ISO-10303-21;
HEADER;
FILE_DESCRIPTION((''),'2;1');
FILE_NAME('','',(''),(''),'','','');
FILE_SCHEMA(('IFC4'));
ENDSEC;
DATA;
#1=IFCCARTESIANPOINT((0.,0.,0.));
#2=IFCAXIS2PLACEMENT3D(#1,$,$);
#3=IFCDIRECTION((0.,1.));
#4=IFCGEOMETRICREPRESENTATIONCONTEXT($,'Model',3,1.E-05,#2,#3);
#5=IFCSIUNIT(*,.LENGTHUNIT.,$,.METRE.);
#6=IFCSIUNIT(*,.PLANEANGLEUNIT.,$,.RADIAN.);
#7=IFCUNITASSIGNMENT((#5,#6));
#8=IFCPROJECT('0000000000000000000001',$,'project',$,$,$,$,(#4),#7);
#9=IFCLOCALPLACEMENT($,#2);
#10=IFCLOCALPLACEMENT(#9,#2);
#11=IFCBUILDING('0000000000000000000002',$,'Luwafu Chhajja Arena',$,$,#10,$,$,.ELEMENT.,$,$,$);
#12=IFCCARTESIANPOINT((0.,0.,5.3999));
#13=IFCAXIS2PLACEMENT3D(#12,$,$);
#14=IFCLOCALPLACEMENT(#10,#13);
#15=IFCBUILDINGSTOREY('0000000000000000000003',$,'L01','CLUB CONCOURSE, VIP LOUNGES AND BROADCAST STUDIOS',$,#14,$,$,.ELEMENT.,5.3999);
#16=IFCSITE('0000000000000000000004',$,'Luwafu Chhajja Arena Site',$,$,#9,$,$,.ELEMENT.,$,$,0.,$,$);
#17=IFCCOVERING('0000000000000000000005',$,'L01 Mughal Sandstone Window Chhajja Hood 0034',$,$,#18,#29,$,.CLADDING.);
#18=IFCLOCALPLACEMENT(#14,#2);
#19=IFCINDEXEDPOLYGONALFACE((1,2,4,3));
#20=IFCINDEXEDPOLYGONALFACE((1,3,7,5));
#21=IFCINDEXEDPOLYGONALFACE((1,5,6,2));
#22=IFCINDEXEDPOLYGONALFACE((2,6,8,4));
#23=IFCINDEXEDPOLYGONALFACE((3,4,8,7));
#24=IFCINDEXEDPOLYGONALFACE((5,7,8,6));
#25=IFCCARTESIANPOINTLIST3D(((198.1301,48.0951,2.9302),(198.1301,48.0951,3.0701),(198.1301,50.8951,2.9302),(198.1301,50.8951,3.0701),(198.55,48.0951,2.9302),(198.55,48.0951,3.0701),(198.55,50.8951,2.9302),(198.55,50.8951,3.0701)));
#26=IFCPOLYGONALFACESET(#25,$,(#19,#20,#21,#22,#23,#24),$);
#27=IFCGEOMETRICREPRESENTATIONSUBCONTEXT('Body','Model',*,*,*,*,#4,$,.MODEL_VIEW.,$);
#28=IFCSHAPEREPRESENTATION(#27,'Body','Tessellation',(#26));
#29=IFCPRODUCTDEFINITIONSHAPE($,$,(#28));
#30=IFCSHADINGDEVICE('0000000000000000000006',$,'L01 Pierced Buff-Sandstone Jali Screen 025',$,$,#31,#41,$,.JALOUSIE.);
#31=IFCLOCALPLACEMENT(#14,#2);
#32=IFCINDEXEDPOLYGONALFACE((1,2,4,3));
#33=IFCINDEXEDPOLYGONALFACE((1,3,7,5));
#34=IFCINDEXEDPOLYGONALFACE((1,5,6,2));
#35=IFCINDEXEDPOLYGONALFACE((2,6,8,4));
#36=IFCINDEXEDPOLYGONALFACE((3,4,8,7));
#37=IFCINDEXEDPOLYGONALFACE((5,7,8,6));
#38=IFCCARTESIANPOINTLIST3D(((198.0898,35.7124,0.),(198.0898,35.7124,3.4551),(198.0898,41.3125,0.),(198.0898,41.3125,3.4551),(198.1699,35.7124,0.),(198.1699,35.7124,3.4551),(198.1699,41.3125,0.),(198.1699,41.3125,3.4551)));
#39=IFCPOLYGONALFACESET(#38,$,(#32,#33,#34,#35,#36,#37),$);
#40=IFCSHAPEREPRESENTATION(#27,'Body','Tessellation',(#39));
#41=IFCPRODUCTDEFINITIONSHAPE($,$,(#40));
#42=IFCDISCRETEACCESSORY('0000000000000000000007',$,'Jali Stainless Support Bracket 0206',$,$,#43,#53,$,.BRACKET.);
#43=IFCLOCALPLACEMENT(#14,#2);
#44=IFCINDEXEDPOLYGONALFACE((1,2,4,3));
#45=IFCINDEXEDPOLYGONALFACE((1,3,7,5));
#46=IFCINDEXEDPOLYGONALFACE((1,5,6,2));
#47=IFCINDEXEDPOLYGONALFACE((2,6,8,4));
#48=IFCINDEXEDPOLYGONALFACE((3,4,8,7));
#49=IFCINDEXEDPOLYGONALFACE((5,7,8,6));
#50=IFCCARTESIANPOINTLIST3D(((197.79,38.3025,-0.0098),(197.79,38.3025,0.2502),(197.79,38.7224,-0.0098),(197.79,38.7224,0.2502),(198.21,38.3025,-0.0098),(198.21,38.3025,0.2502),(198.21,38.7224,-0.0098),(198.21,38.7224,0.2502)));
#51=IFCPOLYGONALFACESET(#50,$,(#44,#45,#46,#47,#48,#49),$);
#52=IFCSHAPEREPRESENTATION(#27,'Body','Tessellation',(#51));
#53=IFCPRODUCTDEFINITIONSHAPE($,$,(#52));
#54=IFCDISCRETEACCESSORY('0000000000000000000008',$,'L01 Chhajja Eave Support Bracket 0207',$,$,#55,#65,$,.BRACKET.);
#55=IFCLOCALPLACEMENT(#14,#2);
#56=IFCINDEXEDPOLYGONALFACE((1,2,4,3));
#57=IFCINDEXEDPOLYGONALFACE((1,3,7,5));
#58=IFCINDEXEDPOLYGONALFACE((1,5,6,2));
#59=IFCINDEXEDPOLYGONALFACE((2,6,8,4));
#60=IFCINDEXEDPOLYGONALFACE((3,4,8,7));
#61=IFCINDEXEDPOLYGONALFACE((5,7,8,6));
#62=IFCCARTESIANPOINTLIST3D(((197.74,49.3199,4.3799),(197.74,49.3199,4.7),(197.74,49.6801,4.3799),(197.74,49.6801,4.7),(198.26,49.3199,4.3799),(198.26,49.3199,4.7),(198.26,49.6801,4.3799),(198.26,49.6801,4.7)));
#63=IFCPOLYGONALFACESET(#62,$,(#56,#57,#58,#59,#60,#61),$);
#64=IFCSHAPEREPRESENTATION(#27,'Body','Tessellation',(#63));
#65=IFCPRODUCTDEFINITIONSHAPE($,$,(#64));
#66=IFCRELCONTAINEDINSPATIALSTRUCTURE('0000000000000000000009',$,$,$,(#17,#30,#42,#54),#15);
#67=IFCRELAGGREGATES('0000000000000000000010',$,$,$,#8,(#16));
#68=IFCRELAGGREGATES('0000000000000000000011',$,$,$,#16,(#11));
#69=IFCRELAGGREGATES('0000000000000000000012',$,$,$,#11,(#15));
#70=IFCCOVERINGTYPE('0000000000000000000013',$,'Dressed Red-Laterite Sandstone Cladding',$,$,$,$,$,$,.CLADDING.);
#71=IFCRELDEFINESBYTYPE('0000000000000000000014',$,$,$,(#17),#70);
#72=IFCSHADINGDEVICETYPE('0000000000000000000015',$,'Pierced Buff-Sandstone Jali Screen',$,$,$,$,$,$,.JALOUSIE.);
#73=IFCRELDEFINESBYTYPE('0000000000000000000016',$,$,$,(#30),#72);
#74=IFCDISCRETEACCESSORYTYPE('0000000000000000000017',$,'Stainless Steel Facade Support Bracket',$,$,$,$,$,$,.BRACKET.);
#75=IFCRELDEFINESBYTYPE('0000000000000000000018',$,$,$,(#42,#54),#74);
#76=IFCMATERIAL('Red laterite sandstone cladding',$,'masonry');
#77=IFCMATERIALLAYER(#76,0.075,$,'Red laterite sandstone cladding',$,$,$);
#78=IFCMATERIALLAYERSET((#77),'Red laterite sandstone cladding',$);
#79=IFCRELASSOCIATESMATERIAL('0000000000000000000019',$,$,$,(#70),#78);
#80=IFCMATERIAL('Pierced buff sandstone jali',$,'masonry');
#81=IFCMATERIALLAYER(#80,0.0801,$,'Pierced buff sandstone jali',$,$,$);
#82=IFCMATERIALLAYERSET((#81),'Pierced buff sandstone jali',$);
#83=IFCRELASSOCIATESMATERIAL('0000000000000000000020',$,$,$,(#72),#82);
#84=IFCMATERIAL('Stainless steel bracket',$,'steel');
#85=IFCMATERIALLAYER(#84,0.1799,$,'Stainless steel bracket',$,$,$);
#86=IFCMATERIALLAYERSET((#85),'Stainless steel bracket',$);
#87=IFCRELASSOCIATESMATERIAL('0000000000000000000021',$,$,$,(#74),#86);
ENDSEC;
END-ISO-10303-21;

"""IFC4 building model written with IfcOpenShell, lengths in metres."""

from ifc_helpers import new_model, si_unit, direction, frame, origin, origin_2d, place, context, subcontext, project, spatial, rectangle, extrude, material, layer, layer_set, type_object, element, save


model = new_model("IFC4")

# Units and contexts
model_context = context("Model", 3, precision=1e-05, world=origin(), true_north=direction((0.0, 1.0)))
body_context = subcontext(model_context, "Body", "Model", "MODEL_VIEW")
ifc_project = project(units=[si_unit("LENGTHUNIT", "METRE"), si_unit("PLANEANGLEUNIT", "RADIAN")], contexts=[model_context])

# Site, building, storey
site_placement = place(None, origin())
site = spatial("IfcSite", under=ifc_project, at=site_placement, Name="Luwafu Chhajja Arena Site", CompositionType="ELEMENT", RefElevation=0.0)
building_placement = place(site_placement, origin())
building = spatial("IfcBuilding", under=site, at=building_placement, Name="Luwafu Chhajja Arena", CompositionType="ELEMENT")
storey_placement = place(building_placement, frame((0.0, 0.0, 5.3999)))
storey = spatial("IfcBuildingStorey", under=building, at=storey_placement, Name="L01", Description="CLUB CONCOURSE, VIP LOUNGES AND BROADCAST STUDIOS", CompositionType="ELEMENT", Elevation=5.3999)

# Covering
ifc_material_1 = material(Name="Red laterite sandstone cladding", Category="masonry")
ifc_layer_1 = layer(ifc_material_1, 0.075, Name="Red laterite sandstone cladding")
ifc_layer_set_1 = layer_set([ifc_layer_1], Name="Red laterite sandstone cladding")
covering_type = type_object("IfcCoveringType", Name="Dressed Red-Laterite Sandstone Cladding", PredefinedType="CLADDING", material=ifc_layer_set_1)
covering_1_placement = place(storey_placement, frame((198.3401, 49.4951, 2.9302), z_axis=(0.0, 0.0, 1.0), x_axis=(0.0, 1.0, 0.0)))
element("IfcCovering", 1, at=covering_1_placement, inside=storey, type_object=covering_type, Name="L01 Mughal Sandstone Window Chhajja Hood 0034", PredefinedType="CLADDING", context=body_context, shape_type="SweptSolid", body=[
    extrude(rectangle(XDim=2.8, YDim=0.4199, at=origin_2d()), origin(), (0.0, 0.0, 1.0), 0.1399),
])

# Shading device
ifc_material_2 = material(Name="Pierced buff sandstone jali", Category="masonry")
ifc_layer_2 = layer(ifc_material_2, 0.0801, Name="Pierced buff sandstone jali")
ifc_layer_set_2 = layer_set([ifc_layer_2], Name="Pierced buff sandstone jali")
shading_device_type = type_object("IfcShadingDeviceType", Name="Pierced Buff-Sandstone Jali Screen", PredefinedType="JALOUSIE", material=ifc_layer_set_2)
shading_device_placement = place(storey_placement, frame((198.1299, 38.5125, 0.0), z_axis=(0.0, 0.0, 1.0), x_axis=(0.0, 1.0, 0.0)))
element("IfcShadingDevice", 2, at=shading_device_placement, inside=storey, type_object=shading_device_type, Name="L01 Pierced Buff-Sandstone Jali Screen 025", PredefinedType="JALOUSIE", context=body_context, shape_type="SweptSolid", body=[
    extrude(rectangle(XDim=5.6001, YDim=0.0801, at=origin_2d()), origin(), (0.0, 0.0, 1.0), 3.4551),
])

# Discrete accessories
ifc_material_3 = material(Name="Stainless steel bracket", Category="steel")
ifc_layer_3 = layer(ifc_material_3, 0.1799, Name="Stainless steel bracket")
ifc_layer_set_3 = layer_set([ifc_layer_3], Name="Stainless steel bracket")
discrete_accessory_type = type_object("IfcDiscreteAccessoryType", Name="Stainless Steel Facade Support Bracket", PredefinedType="BRACKET", material=ifc_layer_set_3)
discrete_accessory_1_placement = place(storey_placement, frame((198.0, 38.5125, -0.0098), z_axis=(0.0, 0.0, 1.0), x_axis=(0.0, 1.0, 0.0)))
element("IfcDiscreteAccessory", 3, at=discrete_accessory_1_placement, inside=storey, type_object=discrete_accessory_type, Name="Jali Stainless Support Bracket 0206", PredefinedType="BRACKET", context=body_context, shape_type="SweptSolid", body=[
    extrude(rectangle(XDim=0.4199, YDim=0.4199, at=origin_2d()), origin(), (0.0, 0.0, 1.0), 0.26),
])
discrete_accessory_2_placement = place(storey_placement, frame((198.0, 49.5, 4.3799), z_axis=(0.0, 0.0, 1.0), x_axis=(0.0, 1.0, 0.0)))
element("IfcDiscreteAccessory", 4, at=discrete_accessory_2_placement, inside=storey, type_object=discrete_accessory_type, Name="L01 Chhajja Eave Support Bracket 0207", PredefinedType="BRACKET", context=body_context, shape_type="SweptSolid", body=[
    extrude(rectangle(XDim=0.3601, YDim=0.52, at=origin_2d()), origin(), (0.0, 0.0, 1.0), 0.3201),
])

save(model, "model.ifc")
